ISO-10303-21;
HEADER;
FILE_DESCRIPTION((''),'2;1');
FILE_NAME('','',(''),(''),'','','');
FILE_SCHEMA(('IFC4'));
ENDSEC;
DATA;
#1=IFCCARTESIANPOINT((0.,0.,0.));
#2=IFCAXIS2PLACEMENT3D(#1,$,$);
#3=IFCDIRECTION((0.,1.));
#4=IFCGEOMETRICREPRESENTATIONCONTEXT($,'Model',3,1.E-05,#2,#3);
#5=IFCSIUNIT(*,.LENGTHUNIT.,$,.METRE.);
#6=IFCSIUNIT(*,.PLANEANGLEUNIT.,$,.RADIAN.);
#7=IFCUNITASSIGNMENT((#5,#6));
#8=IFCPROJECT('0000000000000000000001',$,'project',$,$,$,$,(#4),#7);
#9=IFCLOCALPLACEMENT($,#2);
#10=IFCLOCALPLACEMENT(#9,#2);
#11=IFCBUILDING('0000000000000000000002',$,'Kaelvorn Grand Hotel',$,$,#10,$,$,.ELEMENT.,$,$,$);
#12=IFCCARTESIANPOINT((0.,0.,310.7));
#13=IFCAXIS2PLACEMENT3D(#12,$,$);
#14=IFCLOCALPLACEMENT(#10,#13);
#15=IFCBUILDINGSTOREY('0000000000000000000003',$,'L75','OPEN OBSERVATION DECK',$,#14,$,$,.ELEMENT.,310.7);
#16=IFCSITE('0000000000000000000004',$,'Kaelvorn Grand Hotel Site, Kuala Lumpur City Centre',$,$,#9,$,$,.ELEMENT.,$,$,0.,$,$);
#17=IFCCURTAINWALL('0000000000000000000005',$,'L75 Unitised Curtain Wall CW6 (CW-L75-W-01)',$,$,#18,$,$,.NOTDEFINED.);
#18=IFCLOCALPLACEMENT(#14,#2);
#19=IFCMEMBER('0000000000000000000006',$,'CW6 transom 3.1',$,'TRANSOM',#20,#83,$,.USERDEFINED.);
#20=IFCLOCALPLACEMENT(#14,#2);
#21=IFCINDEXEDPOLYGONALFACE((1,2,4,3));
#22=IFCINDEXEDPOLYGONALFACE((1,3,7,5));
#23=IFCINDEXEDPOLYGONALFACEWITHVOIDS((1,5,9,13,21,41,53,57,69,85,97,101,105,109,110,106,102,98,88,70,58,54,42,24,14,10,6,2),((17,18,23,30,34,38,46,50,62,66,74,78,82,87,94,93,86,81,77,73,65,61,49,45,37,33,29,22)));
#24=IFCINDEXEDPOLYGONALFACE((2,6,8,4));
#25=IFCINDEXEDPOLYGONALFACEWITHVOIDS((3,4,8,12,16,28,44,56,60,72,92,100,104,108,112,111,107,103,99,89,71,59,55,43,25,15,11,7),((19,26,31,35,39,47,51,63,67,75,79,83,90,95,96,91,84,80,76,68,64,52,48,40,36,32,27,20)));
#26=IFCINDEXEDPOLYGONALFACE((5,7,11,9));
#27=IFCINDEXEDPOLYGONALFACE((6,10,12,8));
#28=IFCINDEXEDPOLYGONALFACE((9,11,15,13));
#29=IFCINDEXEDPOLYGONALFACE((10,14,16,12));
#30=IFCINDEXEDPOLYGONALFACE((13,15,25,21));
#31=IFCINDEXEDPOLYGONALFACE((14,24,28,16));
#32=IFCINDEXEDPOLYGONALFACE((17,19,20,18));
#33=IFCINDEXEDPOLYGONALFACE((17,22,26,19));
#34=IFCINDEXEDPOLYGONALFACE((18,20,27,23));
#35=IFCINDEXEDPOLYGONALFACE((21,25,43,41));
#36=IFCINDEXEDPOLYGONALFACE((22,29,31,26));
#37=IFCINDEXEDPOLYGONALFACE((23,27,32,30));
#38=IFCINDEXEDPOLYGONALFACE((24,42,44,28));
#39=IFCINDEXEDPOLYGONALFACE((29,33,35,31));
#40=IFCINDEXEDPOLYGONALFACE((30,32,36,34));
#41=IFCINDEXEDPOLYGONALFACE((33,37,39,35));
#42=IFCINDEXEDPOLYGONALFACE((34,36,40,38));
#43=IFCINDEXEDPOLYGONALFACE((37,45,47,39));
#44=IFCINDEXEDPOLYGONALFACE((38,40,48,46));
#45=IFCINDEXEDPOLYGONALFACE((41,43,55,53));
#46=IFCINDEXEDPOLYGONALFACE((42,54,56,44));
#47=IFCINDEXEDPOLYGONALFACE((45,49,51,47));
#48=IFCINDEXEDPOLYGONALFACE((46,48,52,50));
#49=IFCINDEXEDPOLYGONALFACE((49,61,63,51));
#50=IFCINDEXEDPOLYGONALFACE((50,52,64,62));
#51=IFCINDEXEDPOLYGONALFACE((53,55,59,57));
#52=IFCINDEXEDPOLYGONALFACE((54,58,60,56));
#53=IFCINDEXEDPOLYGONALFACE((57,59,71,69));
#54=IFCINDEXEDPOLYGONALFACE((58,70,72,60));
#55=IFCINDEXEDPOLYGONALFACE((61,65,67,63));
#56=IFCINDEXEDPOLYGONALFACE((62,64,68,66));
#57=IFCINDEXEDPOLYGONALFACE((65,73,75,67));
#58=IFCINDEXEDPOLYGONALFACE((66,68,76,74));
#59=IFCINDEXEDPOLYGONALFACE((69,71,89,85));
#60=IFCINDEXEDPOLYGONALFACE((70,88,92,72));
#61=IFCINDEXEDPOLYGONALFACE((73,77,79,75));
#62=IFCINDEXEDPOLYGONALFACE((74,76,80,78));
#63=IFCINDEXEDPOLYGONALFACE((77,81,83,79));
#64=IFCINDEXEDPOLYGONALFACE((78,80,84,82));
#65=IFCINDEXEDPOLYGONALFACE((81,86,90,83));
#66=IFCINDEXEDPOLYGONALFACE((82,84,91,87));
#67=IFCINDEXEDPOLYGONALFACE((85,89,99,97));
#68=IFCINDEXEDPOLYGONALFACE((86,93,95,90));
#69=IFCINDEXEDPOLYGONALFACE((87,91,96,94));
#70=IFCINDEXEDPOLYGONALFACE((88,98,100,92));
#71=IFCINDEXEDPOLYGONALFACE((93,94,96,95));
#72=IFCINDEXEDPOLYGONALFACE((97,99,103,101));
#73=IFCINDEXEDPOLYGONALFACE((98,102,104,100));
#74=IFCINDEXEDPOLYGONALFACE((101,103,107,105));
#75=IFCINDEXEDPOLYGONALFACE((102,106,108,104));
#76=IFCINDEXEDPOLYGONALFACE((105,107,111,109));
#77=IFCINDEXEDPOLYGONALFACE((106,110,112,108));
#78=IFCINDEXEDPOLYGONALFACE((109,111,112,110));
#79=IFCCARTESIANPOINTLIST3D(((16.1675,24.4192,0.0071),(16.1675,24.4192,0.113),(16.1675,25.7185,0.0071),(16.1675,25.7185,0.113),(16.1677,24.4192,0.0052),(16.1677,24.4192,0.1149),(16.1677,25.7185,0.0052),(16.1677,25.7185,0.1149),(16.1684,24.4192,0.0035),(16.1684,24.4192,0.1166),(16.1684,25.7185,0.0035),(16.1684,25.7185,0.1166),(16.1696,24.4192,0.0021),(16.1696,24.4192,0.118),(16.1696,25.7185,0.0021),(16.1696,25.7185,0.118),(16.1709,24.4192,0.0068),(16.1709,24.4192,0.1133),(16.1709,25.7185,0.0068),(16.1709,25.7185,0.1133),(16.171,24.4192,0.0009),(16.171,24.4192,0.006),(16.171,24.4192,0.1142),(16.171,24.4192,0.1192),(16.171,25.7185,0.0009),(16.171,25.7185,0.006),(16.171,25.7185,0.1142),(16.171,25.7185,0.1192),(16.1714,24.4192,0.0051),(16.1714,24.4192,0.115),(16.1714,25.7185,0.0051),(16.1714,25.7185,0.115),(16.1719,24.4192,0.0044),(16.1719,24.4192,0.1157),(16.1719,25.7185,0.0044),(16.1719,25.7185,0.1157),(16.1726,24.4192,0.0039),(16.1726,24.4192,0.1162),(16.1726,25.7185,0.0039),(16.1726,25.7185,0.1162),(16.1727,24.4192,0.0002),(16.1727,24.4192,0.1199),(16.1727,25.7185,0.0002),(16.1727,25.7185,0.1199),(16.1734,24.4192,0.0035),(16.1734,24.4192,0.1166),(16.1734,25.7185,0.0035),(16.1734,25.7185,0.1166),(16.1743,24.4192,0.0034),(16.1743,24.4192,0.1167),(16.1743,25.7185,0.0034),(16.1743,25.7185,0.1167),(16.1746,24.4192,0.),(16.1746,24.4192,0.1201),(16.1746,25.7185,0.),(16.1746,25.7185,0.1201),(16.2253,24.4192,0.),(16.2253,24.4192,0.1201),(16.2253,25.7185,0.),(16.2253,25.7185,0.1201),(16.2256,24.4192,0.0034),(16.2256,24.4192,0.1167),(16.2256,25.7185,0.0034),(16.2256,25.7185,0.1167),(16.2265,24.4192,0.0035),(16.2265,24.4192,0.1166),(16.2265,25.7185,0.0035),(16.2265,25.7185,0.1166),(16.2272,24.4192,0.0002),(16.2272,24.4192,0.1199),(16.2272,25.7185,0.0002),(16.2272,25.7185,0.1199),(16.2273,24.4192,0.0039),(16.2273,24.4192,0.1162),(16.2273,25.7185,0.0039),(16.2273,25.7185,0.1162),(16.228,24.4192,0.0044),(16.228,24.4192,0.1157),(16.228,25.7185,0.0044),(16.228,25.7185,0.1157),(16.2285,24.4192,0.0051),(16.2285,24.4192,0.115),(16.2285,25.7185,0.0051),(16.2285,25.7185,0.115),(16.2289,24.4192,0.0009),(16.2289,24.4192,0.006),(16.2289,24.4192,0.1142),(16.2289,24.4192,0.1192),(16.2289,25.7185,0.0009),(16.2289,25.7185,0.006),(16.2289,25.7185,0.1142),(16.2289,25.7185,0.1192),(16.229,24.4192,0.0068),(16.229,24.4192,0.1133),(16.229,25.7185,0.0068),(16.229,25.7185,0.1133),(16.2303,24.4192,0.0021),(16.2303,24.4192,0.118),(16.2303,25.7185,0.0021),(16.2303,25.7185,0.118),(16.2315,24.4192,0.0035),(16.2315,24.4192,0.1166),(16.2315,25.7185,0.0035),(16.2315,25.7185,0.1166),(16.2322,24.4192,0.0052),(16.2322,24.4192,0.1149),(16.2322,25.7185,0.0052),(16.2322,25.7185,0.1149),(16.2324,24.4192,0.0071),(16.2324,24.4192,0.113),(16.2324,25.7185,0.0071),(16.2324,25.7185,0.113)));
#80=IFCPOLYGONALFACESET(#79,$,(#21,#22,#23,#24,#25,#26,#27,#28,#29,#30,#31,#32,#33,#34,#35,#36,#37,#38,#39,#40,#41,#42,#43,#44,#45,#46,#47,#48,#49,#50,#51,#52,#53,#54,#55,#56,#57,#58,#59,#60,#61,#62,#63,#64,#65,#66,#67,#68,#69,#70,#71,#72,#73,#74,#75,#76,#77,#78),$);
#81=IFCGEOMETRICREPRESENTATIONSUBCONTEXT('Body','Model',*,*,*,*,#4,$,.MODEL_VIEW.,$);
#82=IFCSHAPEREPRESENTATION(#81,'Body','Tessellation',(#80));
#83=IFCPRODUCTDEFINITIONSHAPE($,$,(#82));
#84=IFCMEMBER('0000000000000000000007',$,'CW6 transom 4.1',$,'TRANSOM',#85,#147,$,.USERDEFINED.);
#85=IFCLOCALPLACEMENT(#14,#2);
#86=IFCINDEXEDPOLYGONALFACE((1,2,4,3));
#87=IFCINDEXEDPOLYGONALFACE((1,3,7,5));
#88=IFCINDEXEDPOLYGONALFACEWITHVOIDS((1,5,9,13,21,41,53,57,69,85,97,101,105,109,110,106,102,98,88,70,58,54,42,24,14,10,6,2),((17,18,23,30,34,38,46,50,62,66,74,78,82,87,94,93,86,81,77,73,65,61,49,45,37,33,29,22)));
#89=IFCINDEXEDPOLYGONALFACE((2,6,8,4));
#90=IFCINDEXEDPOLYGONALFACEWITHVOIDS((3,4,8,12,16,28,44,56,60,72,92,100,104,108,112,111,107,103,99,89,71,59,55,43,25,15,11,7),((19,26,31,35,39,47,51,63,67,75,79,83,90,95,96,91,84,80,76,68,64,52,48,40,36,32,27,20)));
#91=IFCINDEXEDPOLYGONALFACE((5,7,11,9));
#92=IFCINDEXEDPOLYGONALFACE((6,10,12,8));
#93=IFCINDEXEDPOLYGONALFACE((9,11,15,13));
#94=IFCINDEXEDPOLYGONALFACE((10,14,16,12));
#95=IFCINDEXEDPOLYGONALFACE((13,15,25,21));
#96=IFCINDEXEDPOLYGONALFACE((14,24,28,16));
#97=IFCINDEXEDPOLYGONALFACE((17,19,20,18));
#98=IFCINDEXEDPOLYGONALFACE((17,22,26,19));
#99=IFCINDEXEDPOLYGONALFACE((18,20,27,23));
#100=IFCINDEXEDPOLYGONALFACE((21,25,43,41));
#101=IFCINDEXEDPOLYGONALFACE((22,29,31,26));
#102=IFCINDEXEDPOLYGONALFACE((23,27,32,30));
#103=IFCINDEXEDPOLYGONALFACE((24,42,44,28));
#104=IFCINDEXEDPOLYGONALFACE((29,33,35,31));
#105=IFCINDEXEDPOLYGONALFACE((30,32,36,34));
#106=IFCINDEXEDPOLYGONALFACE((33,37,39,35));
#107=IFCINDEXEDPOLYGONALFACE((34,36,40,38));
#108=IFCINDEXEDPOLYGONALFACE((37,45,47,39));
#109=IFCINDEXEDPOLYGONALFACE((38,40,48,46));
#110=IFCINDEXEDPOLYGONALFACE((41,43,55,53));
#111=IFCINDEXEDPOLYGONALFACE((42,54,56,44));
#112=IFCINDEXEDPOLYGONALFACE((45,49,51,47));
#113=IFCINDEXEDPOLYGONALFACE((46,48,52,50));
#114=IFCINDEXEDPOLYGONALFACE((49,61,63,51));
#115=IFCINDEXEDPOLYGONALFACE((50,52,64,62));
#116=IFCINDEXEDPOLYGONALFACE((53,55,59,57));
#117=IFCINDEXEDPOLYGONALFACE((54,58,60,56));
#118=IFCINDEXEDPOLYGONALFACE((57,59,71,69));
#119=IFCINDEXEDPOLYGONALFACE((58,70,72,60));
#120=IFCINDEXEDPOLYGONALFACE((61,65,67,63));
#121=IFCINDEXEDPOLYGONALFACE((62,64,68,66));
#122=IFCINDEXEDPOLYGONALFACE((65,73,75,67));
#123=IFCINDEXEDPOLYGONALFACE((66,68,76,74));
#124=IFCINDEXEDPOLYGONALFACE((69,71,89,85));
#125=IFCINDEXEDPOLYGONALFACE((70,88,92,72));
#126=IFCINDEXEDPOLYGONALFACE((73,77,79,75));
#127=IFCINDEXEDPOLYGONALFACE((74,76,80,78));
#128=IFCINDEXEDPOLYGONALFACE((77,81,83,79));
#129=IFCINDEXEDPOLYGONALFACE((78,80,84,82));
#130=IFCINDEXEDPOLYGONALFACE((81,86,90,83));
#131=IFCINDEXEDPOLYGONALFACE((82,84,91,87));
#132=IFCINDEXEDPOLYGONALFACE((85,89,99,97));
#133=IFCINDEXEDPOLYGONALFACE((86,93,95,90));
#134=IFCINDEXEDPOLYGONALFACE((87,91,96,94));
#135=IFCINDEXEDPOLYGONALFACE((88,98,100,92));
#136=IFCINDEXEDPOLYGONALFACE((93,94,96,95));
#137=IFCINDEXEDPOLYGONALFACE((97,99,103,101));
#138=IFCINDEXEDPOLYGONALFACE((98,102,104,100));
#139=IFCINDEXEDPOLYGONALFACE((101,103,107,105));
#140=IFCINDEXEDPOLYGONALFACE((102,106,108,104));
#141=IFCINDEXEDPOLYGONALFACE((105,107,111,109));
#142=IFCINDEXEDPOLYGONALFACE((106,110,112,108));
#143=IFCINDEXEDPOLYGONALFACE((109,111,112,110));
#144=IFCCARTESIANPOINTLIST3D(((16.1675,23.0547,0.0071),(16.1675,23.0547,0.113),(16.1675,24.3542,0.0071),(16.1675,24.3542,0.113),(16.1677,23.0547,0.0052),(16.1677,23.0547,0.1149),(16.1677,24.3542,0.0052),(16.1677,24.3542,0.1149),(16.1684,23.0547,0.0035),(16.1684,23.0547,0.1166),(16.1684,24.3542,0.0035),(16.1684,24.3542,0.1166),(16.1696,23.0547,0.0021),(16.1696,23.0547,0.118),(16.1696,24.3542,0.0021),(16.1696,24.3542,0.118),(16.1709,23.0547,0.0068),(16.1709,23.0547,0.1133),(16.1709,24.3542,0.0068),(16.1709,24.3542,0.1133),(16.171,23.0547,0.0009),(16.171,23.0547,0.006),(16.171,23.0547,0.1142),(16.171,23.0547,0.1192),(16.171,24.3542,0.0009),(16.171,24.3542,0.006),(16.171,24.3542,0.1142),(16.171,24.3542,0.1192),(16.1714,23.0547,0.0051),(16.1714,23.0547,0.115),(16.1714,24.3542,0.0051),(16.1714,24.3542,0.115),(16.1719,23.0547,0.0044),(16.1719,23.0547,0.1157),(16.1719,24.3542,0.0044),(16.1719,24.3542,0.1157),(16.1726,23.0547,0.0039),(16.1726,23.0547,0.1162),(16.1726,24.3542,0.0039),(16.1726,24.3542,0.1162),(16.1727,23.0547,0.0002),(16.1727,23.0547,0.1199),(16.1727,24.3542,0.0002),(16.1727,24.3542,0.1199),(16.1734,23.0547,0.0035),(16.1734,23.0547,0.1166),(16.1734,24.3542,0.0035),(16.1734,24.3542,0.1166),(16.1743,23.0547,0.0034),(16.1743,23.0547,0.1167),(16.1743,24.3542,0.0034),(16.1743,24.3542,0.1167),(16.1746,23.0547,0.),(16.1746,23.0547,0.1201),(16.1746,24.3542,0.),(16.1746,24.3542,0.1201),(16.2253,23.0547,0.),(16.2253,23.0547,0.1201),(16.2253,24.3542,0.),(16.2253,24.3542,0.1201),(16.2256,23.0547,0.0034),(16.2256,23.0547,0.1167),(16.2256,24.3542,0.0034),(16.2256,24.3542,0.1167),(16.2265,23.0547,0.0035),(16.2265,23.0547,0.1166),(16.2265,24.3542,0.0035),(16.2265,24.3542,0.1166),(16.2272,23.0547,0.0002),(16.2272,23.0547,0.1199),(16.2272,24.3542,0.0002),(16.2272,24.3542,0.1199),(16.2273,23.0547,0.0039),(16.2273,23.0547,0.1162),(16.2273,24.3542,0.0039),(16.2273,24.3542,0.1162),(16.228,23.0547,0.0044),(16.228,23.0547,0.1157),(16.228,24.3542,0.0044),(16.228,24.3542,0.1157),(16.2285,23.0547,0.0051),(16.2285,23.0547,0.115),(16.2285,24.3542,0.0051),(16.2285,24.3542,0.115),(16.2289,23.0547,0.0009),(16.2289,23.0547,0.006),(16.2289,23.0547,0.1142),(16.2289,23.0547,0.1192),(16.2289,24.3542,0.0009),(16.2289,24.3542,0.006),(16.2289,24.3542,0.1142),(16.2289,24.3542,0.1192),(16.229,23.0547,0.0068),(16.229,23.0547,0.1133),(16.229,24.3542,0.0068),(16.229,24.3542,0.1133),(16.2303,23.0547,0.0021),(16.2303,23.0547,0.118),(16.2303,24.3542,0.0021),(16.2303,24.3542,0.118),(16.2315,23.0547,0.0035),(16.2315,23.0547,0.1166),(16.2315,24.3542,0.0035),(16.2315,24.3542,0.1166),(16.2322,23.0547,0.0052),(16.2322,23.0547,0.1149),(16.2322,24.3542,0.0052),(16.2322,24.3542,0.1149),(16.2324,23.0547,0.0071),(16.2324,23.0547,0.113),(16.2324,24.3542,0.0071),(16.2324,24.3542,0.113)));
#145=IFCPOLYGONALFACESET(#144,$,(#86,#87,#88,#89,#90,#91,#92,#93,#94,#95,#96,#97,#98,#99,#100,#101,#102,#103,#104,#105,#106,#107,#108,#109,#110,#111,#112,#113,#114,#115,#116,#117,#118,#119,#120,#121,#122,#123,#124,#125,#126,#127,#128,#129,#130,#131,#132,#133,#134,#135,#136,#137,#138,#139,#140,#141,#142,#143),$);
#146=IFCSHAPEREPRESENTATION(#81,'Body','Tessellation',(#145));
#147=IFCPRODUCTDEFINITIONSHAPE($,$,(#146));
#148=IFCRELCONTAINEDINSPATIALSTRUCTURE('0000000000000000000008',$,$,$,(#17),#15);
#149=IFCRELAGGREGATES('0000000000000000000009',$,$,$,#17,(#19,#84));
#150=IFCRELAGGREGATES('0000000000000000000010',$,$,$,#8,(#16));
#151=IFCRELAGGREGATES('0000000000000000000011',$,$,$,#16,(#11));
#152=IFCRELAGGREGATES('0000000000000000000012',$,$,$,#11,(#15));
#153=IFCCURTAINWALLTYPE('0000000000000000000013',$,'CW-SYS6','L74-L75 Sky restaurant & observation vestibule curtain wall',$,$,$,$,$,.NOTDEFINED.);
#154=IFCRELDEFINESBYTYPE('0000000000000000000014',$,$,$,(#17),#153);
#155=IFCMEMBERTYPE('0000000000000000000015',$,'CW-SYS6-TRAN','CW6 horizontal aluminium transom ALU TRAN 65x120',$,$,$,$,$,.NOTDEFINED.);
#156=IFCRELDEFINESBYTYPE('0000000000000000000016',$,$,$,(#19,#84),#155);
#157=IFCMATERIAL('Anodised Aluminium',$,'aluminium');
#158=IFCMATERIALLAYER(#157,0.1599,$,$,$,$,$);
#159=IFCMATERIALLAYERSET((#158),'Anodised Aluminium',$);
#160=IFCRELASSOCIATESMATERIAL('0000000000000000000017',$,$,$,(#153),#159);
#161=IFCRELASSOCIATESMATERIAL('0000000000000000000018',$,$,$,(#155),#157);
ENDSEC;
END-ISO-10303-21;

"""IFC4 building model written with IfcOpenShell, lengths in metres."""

from ifc_helpers import new_model, si_unit, direction, frame, origin, origin_2d, place, context, subcontext, project, spatial, hollow_rectangle, extrude, material, layer, layer_set, material_profile, profile_set, type_object, element, aggregate, save


model = new_model("IFC4")

# Units and contexts
model_context = context("Model", 3, precision=1e-05, world=origin(), true_north=direction((0.0, 1.0)))
body_context = subcontext(model_context, "Body", "Model", "MODEL_VIEW")
ifc_project = project(units=[si_unit("LENGTHUNIT", "METRE"), si_unit("PLANEANGLEUNIT", "RADIAN")], contexts=[model_context])

# Site, building, storey
site_placement = place(None, origin())
site = spatial("IfcSite", under=ifc_project, at=site_placement, Name="Kaelvorn Grand Hotel Site, Kuala Lumpur City Centre", CompositionType="ELEMENT", RefElevation=0.0)
building_placement = place(site_placement, origin())
building = spatial("IfcBuilding", under=site, at=building_placement, Name="Kaelvorn Grand Hotel", CompositionType="ELEMENT")
storey_placement = place(building_placement, frame((0.0, 0.0, 310.7)))
storey = spatial("IfcBuildingStorey", under=building, at=storey_placement, Name="L75", Description="OPEN OBSERVATION DECK", CompositionType="ELEMENT", Elevation=310.7)

# Curtain wall, members
ifc_material_1 = material(Name="Anodised Aluminium", Category="aluminium")
ifc_layer_1 = layer(ifc_material_1, 0.1599)
ifc_layer_set_1 = layer_set([ifc_layer_1], Name="Anodised Aluminium")
curtain_wall_type = type_object("IfcCurtainWallType", Name="CW-SYS6", Description="L74-L75 Sky restaurant & observation vestibule curtain wall", PredefinedType="NOTDEFINED", material=ifc_layer_set_1)
curtain_wall_placement = place(storey_placement, origin())
curtain_wall = element("IfcCurtainWall", 1, at=curtain_wall_placement, inside=storey, type_object=curtain_wall_type, Name="L75 Unitised Curtain Wall CW6 (CW-L75-W-01)", PredefinedType="NOTDEFINED")
ifc_material_profile_1 = material_profile(ifc_material_1, hollow_rectangle(XDim=0.0649, YDim=0.1201, WallThickness=0.0034, InnerFilletRadius=0.0034, OuterFilletRadius=0.0071, at=origin_2d()), Name="ALU TRAN 65x120")
ifc_profile_set_1 = profile_set([ifc_material_profile_1], Name="Anodised Aluminium")
member_type_1 = type_object("IfcMemberType", Name="CW-SYS6-TRAN", Description="CW6 horizontal aluminium transom ALU TRAN 65x120", PredefinedType="NOTDEFINED", material=ifc_profile_set_1)
member_1_placement = place(storey_placement, frame((16.2, 25.7185, 0.0601), z_axis=(0.0, -1.0, 0.0), x_axis=(1.0, 0.0, 0.0)))
member_1 = element("IfcMember", 2, at=member_1_placement, type_object=member_type_1, Name="CW6 transom 3.1", ObjectType="TRANSOM", PredefinedType="USERDEFINED", context=body_context, shape_type="SweptSolid", body=[
    extrude(hollow_rectangle(XDim=0.0649, YDim=0.1201, WallThickness=0.0034, InnerFilletRadius=0.0034, OuterFilletRadius=0.0071, at=origin_2d()), origin(), (0.0, 0.0, 1.0), 1.2993),
])
member_2_placement = place(storey_placement, frame((16.2, 24.3542, 0.0601), z_axis=(0.0, -1.0, 0.0), x_axis=(1.0, 0.0, 0.0)))
member_2 = element("IfcMember", 3, at=member_2_placement, type_object=member_type_1, Name="CW6 transom 4.1", ObjectType="TRANSOM", PredefinedType="USERDEFINED", context=body_context, shape_type="SweptSolid", body=[
    extrude(hollow_rectangle(XDim=0.0649, YDim=0.1201, WallThickness=0.0034, InnerFilletRadius=0.0034, OuterFilletRadius=0.0071, at=origin_2d()), origin(), (0.0, 0.0, 1.0), 1.2996),
])
aggregate(curtain_wall, [member_1, member_2])

save(model, "model.ifc")
